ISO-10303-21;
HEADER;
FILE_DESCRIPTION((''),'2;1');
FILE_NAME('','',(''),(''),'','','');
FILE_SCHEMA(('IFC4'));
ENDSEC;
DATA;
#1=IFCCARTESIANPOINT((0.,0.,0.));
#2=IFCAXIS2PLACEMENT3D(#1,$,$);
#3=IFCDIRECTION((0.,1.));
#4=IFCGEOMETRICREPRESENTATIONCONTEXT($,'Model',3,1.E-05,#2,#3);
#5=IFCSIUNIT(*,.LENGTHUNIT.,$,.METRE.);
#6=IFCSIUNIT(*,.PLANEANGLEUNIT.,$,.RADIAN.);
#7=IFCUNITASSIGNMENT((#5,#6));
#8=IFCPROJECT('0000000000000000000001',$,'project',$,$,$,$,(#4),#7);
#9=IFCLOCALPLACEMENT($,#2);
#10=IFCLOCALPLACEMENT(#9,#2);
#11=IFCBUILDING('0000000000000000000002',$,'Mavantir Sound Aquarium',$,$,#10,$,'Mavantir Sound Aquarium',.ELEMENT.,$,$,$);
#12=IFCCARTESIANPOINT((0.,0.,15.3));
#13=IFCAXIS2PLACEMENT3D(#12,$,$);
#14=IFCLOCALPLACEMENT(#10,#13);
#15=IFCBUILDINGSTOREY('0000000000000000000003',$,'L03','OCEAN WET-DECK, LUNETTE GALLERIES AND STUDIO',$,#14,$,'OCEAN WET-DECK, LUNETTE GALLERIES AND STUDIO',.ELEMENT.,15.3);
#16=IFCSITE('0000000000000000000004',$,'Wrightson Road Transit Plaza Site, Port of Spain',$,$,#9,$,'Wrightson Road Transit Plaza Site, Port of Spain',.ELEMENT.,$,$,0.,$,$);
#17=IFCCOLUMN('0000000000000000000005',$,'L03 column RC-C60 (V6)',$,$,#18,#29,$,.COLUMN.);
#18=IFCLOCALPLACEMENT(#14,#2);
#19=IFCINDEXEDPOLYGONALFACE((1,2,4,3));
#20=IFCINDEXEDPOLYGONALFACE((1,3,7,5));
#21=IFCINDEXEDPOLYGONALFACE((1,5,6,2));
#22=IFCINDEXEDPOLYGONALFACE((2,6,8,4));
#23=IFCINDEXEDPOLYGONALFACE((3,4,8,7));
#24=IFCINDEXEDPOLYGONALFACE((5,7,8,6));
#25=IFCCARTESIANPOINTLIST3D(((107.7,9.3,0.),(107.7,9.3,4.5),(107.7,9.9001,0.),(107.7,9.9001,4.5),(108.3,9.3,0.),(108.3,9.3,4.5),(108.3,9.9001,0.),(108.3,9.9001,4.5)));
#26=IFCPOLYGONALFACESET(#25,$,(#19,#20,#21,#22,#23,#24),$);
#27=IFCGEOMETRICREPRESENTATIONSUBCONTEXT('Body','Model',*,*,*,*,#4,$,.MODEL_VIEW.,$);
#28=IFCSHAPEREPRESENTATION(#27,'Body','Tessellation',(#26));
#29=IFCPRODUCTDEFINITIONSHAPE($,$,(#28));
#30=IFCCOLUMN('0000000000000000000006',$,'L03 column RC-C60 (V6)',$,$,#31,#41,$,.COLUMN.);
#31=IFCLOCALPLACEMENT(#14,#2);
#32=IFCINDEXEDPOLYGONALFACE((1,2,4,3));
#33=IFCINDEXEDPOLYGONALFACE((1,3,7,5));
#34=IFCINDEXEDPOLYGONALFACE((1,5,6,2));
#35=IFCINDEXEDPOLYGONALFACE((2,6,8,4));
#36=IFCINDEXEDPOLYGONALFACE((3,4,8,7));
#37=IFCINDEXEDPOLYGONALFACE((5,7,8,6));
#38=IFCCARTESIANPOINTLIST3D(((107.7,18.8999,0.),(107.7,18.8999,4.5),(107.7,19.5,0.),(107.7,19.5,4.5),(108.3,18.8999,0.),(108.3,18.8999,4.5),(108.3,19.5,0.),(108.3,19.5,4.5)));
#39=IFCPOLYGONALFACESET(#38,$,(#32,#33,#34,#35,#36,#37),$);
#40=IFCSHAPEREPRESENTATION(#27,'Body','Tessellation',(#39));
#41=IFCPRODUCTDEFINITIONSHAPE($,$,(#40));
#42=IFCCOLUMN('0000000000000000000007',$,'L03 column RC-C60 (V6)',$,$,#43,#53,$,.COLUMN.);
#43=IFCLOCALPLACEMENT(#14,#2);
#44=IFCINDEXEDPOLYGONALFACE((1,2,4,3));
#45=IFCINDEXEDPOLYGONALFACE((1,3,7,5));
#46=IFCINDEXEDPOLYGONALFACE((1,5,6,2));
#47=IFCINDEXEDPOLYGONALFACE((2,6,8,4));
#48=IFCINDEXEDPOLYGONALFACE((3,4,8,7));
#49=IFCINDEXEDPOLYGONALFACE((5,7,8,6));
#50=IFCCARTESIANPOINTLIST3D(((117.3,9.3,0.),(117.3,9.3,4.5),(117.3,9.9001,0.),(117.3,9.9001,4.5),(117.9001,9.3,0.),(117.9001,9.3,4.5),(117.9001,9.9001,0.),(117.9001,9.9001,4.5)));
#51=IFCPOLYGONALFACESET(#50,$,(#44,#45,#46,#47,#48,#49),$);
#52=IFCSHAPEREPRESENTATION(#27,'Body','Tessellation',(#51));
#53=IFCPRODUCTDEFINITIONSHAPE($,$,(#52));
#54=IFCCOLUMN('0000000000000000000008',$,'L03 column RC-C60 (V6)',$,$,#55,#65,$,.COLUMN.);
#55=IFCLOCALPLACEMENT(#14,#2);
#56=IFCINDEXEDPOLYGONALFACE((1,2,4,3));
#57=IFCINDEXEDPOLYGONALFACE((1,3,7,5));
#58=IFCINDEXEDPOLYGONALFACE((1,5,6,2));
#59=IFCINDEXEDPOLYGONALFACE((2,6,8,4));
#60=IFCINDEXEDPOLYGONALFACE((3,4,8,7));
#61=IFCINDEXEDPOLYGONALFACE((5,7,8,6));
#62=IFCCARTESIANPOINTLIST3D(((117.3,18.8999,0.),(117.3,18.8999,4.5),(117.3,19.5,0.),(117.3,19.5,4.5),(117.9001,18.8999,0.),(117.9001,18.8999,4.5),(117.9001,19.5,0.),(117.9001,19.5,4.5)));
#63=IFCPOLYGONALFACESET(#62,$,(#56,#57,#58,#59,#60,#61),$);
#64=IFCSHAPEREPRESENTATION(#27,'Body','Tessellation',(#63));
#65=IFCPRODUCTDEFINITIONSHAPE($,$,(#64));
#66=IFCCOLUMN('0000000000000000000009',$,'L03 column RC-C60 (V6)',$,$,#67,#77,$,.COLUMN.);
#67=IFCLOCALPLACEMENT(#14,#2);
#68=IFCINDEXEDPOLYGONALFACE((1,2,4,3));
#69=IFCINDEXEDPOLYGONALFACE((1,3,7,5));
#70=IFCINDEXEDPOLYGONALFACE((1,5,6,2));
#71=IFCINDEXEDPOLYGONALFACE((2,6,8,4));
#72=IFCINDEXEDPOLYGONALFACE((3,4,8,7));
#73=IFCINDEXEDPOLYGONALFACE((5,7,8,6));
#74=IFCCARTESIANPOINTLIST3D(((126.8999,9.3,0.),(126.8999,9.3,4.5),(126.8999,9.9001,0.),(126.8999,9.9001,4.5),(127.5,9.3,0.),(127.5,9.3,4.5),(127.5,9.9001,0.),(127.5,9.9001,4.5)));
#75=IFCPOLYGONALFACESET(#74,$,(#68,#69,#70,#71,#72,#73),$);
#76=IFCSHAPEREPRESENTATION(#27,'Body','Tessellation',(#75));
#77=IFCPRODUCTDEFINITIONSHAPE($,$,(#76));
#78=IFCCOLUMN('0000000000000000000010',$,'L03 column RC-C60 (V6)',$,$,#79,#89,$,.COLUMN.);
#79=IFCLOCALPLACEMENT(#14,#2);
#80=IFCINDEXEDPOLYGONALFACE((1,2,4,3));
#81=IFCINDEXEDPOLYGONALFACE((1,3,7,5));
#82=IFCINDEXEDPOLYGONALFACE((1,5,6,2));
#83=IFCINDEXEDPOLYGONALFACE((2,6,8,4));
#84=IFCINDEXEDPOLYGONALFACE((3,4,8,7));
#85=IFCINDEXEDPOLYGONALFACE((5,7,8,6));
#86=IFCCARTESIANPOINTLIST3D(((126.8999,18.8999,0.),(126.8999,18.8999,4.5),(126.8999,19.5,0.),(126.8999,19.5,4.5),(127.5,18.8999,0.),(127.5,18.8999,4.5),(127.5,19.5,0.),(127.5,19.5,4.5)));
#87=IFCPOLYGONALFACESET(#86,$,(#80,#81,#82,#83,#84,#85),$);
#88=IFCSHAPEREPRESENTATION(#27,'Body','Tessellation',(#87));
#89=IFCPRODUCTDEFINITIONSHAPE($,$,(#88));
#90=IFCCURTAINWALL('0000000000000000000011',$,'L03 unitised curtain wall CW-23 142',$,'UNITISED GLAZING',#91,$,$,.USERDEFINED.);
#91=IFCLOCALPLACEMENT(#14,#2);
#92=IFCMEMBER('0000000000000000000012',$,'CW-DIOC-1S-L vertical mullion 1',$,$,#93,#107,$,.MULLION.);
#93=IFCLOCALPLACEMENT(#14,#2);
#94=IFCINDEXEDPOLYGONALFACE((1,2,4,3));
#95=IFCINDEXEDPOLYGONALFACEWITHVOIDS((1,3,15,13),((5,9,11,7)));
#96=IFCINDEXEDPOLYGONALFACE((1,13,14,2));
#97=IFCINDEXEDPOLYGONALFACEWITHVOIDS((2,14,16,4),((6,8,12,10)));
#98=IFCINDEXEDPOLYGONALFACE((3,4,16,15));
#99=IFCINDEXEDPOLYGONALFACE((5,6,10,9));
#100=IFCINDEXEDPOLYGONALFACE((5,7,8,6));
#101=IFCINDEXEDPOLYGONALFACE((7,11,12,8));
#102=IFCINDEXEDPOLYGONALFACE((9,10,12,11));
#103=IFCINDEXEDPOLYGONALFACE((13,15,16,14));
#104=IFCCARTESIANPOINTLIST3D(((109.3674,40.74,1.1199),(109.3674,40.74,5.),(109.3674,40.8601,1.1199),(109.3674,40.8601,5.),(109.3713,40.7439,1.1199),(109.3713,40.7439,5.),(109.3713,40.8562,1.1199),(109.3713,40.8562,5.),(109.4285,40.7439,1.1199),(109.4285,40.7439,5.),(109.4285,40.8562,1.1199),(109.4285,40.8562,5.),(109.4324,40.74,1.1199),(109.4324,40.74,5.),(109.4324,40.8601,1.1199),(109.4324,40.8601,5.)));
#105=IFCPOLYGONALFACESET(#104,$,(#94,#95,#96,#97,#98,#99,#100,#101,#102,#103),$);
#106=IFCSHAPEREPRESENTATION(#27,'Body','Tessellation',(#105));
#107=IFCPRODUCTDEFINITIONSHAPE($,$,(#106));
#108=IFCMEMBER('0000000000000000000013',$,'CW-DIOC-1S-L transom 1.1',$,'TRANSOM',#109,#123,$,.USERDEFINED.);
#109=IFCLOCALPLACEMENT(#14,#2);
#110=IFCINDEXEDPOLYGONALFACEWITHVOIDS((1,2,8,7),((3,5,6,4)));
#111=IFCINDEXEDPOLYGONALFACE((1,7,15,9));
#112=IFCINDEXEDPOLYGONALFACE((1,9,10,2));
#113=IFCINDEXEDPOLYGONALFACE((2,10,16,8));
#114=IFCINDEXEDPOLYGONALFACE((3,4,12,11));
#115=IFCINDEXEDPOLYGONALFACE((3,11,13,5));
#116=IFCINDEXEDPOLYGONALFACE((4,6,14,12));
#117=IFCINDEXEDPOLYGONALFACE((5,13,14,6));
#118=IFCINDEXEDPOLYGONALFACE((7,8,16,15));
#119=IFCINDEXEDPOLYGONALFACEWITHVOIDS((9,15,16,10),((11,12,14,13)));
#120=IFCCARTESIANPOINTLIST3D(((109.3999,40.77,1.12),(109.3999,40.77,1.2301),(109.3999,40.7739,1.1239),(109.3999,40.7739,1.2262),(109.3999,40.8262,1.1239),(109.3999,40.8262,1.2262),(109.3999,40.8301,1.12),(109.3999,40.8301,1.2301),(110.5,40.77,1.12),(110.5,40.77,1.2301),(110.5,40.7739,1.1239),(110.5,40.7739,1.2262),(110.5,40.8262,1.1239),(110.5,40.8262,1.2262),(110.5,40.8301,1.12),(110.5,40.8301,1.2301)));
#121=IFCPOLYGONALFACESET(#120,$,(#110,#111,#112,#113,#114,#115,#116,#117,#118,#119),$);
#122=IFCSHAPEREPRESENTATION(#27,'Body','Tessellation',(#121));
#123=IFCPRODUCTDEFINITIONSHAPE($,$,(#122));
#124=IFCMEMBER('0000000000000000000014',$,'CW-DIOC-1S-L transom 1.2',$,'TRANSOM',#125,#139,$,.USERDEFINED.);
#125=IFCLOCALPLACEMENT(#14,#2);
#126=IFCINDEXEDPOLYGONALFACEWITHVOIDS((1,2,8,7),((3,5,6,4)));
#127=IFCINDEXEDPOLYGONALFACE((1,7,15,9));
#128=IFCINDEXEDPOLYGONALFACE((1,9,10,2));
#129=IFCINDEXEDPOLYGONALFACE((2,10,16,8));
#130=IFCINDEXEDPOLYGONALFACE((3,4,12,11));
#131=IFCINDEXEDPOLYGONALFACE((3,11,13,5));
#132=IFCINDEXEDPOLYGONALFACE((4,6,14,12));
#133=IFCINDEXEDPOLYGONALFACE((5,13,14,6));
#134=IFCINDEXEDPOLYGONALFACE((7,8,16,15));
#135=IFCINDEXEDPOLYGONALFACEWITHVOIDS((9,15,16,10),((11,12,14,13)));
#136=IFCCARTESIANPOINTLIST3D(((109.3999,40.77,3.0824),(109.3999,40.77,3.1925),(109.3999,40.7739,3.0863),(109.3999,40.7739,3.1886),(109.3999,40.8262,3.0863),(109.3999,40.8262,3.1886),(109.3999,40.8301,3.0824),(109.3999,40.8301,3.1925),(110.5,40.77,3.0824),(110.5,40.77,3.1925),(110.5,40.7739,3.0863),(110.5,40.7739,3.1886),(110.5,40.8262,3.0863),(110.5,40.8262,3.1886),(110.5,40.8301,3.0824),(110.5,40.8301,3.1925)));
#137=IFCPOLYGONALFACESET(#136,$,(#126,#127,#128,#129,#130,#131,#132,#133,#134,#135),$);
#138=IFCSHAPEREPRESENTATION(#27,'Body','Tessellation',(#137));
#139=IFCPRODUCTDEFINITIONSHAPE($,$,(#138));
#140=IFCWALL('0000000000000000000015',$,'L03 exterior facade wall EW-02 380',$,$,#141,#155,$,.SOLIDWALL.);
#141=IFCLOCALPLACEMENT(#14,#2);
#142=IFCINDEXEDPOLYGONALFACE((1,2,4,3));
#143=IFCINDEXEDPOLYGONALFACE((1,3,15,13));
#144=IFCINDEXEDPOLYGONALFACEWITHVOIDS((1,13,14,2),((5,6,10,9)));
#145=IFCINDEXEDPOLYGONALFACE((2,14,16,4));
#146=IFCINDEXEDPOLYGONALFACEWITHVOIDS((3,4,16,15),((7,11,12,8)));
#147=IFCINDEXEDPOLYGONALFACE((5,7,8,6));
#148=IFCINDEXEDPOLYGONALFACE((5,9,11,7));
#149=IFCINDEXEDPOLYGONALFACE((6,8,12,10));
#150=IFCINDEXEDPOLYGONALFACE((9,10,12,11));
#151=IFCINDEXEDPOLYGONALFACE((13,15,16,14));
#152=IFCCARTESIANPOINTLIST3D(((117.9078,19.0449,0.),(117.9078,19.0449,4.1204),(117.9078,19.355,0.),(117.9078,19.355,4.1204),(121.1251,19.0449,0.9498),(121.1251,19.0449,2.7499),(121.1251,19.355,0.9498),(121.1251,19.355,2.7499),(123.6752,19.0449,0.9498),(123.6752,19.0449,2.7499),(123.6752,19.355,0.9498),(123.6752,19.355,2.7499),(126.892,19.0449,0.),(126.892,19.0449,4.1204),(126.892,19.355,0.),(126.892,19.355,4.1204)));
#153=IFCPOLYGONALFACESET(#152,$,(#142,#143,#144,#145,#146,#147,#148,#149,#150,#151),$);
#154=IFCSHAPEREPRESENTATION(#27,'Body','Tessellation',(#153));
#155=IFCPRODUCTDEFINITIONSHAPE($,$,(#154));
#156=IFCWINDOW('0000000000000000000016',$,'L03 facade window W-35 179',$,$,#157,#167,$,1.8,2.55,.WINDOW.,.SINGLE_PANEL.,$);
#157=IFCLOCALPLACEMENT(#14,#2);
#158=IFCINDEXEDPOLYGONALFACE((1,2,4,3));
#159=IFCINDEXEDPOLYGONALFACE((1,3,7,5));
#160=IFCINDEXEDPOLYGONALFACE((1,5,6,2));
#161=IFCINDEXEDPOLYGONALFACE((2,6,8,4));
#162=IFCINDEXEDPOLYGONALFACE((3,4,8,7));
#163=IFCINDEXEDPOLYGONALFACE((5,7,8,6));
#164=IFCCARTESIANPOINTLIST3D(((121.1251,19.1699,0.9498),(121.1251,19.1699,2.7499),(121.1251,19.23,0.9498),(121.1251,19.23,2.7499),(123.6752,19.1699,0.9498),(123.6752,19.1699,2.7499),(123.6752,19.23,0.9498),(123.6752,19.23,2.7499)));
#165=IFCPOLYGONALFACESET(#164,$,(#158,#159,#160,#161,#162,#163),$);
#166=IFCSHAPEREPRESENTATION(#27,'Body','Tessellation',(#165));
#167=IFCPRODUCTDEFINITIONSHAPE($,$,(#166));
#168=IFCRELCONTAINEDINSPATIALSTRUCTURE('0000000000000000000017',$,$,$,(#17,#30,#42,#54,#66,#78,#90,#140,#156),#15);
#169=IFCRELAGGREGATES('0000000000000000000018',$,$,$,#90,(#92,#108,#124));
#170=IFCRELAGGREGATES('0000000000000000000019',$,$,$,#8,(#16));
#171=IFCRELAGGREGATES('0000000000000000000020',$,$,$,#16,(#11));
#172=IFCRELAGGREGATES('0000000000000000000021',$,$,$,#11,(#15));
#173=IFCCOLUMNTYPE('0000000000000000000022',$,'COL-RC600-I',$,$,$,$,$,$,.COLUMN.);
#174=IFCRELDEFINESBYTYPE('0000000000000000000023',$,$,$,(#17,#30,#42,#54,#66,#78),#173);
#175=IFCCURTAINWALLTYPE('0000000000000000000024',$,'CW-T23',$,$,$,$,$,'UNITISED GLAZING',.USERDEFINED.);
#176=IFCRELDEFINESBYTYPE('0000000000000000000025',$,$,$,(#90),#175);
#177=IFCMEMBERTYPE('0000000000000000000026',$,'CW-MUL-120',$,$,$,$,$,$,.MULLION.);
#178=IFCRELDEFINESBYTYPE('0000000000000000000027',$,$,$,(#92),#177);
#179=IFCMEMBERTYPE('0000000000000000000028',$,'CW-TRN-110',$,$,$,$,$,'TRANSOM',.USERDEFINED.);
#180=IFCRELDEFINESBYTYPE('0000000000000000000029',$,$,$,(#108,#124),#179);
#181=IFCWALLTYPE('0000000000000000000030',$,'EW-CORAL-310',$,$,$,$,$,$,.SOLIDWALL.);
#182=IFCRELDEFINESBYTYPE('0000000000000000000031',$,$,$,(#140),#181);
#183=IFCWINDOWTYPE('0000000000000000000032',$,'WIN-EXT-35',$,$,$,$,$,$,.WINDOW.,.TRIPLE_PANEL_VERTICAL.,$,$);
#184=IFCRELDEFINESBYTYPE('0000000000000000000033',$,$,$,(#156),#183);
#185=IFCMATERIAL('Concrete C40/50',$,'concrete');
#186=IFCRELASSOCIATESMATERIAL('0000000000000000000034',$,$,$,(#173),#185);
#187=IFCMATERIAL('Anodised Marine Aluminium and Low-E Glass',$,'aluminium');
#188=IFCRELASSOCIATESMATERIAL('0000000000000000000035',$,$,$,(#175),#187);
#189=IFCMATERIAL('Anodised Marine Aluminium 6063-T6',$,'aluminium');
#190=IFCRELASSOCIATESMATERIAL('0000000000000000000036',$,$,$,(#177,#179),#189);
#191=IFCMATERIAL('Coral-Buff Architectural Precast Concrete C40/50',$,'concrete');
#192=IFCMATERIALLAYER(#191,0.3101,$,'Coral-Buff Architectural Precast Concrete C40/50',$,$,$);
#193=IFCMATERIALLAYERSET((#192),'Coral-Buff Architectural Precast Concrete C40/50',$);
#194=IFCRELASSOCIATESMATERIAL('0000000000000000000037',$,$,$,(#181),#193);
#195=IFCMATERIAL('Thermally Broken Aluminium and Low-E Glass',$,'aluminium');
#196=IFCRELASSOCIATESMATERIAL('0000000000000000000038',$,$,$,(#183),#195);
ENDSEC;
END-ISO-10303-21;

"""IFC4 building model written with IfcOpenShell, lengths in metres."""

from ifc_helpers import new_model, si_unit, direction, frame, frame_2d, origin, origin_2d, place, context, subcontext, project, spatial, rectangle, hollow_rectangle, extrude, material, layer, layer_set, material_profile, profile_set, type_object, element, fill, aggregate, save


model = new_model("IFC4")

# Units and contexts
model_context = context("Model", 3, precision=1e-05, world=origin(), true_north=direction((0.0, 1.0)))
body_context = subcontext(model_context, "Body", "Model", "MODEL_VIEW")
ifc_project = project(units=[si_unit("LENGTHUNIT", "METRE"), si_unit("PLANEANGLEUNIT", "RADIAN")], contexts=[model_context])

# Site, building, storey
site_placement = place(None, origin())
site = spatial("IfcSite", under=ifc_project, at=site_placement, Name="Wrightson Road Transit Plaza Site, Port of Spain", LongName="Wrightson Road Transit Plaza Site, Port of Spain", CompositionType="ELEMENT", RefElevation=0.0)
building_placement = place(site_placement, origin())
building = spatial("IfcBuilding", under=site, at=building_placement, Name="Mavantir Sound Aquarium", LongName="Mavantir Sound Aquarium", CompositionType="ELEMENT")
storey_placement = place(building_placement, frame((0.0, 0.0, 15.3)))
storey = spatial("IfcBuildingStorey", under=building, at=storey_placement, Name="L03", Description="OCEAN WET-DECK, LUNETTE GALLERIES AND STUDIO", LongName="OCEAN WET-DECK, LUNETTE GALLERIES AND STUDIO", CompositionType="ELEMENT", Elevation=15.3)

# Columns
ifc_material_1 = material(Name="Concrete C40/50", Category="concrete")
ifc_material_profile_1 = material_profile(ifc_material_1, rectangle(XDim=0.6001, YDim=0.6001, at=origin_2d()), Name="RC 600X600")
ifc_profile_set_1 = profile_set([ifc_material_profile_1], Name="Concrete C40/50")
column_type = type_object("IfcColumnType", Name="COL-RC600-I", PredefinedType="COLUMN", material=ifc_profile_set_1)
for number, where, z_axis, x_axis, name in (
    (1, (108.0, 9.6001, 0.0), (0.0, 0.0, 1.0), (1.0, 0.0, 0.0), "L03 column RC-C60 (V6)"),
    (2, (108.0, 19.2, 0.0), (0.0, 0.0, 1.0), (1.0, 0.0, 0.0), "L03 column RC-C60 (V6)"),
    (3, (117.6001, 9.6001, 0.0), (0.0, 0.0, 1.0), (1.0, 0.0, 0.0), "L03 column RC-C60 (V6)"),
    (4, (117.6001, 19.2, 0.0), (0.0, 0.0, 1.0), (1.0, 0.0, 0.0), "L03 column RC-C60 (V6)"),
    (5, (127.2, 9.6001, 0.0), (0.0, 0.0, 1.0), (1.0, 0.0, 0.0), "L03 column RC-C60 (V6)"),
    (6, (127.2, 19.2, 0.0), (0.0, 0.0, 1.0), (1.0, 0.0, 0.0), "L03 column RC-C60 (V6)"),
):
    element("IfcColumn", number, at=place(storey_placement, frame(where, z_axis=z_axis, x_axis=x_axis)), inside=storey, type_object=column_type, Name=name, PredefinedType="COLUMN", context=body_context, shape_type="SweptSolid", body=[
        extrude(rectangle(XDim=0.6001, YDim=0.6001, at=origin_2d()), origin(), (0.0, 0.0, 1.0), 4.5),
    ])

# Curtain wall, members
ifc_material_2 = material(Name="Anodised Marine Aluminium and Low-E Glass", Category="aluminium")
curtain_wall_type = type_object("IfcCurtainWallType", Name="CW-T23", ElementType="UNITISED GLAZING", PredefinedType="USERDEFINED", material=ifc_material_2)
curtain_wall_placement = place(storey_placement, origin())
curtain_wall = element("IfcCurtainWall", 7, at=curtain_wall_placement, inside=storey, type_object=curtain_wall_type, Name="L03 unitised curtain wall CW-23 142", ObjectType="UNITISED GLAZING", PredefinedType="USERDEFINED")
ifc_material_3 = material(Name="Anodised Marine Aluminium 6063-T6", Category="aluminium")
ifc_material_profile_2 = material_profile(ifc_material_3, hollow_rectangle(XDim=0.0649, YDim=0.1201, WallThickness=0.0039, at=origin_2d()), Name="ALU-MULLION-120X65")
ifc_profile_set_2 = profile_set([ifc_material_profile_2], Name="Anodised Marine Aluminium 6063-T6")
member_type_1 = type_object("IfcMemberType", Name="CW-MUL-120", PredefinedType="MULLION", material=ifc_profile_set_2)
member_1_placement = place(storey_placement, frame((109.3999, 40.8, 1.1199), z_axis=(0.0, 0.0, 1.0), x_axis=(1.0, 0.0, 0.0)))
member_1 = element("IfcMember", 8, at=member_1_placement, type_object=member_type_1, Name="CW-DIOC-1S-L vertical mullion 1", PredefinedType="MULLION", context=body_context, shape_type="SweptSolid", body=[
    extrude(hollow_rectangle(XDim=0.0649, YDim=0.1201, WallThickness=0.0039, at=origin_2d()), origin(), (0.0, 0.0, 1.0), 3.8801),
])
ifc_material_profile_3 = material_profile(ifc_material_3, hollow_rectangle(XDim=0.0601, YDim=0.1101, WallThickness=0.0039, at=origin_2d()), Name="ALU-TRANSOM-110X60")
ifc_profile_set_3 = profile_set([ifc_material_profile_3], Name="Anodised Marine Aluminium 6063-T6")
member_type_2 = type_object("IfcMemberType", Name="CW-TRN-110", ElementType="TRANSOM", PredefinedType="USERDEFINED", material=ifc_profile_set_3)
member_2_placement = place(storey_placement, frame((109.3999, 40.8, 1.175), z_axis=(1.0, 0.0, 0.0), x_axis=(0.0, 1.0, 0.0)))
member_2 = element("IfcMember", 9, at=member_2_placement, type_object=member_type_2, Name="CW-DIOC-1S-L transom 1.1", ObjectType="TRANSOM", PredefinedType="USERDEFINED", context=body_context, shape_type="SweptSolid", body=[
    extrude(hollow_rectangle(XDim=0.0601, YDim=0.1101, WallThickness=0.0039, at=origin_2d()), origin(), (0.0, 0.0, 1.0), 1.1001),
])
member_3_placement = place(storey_placement, frame((109.3999, 40.8, 3.1375), z_axis=(1.0, 0.0, 0.0), x_axis=(0.0, 1.0, 0.0)))
member_3 = element("IfcMember", 10, at=member_3_placement, type_object=member_type_2, Name="CW-DIOC-1S-L transom 1.2", ObjectType="TRANSOM", PredefinedType="USERDEFINED", context=body_context, shape_type="SweptSolid", body=[
    extrude(hollow_rectangle(XDim=0.0601, YDim=0.1101, WallThickness=0.0039, at=origin_2d()), origin(), (0.0, 0.0, 1.0), 1.1001),
])
aggregate(curtain_wall, [member_1, member_2, member_3])

# Wall, opening, window
ifc_material_4 = material(Name="Coral-Buff Architectural Precast Concrete C40/50", Category="concrete")
ifc_layer_1 = layer(ifc_material_4, 0.3101, Name="Coral-Buff Architectural Precast Concrete C40/50")
ifc_layer_set_1 = layer_set([ifc_layer_1], Name="Coral-Buff Architectural Precast Concrete C40/50")
wall_type_1 = type_object("IfcWallType", Name="EW-CORAL-310", PredefinedType="SOLIDWALL", material=ifc_layer_set_1)
wall_1_placement = place(storey_placement, frame((126.8921, 19.2, 0.0), z_axis=(0.0, 0.0, 1.0), x_axis=(-1.0, 0.0, 0.0)))
wall_1 = element("IfcWall", 11, at=wall_1_placement, inside=storey, type_object=wall_type_1, Name="L03 exterior facade wall EW-02 380", PredefinedType="SOLIDWALL", context=body_context, shape_type="SweptSolid", body=[
    extrude(rectangle(XDim=8.9841, YDim=0.3101, at=frame_2d((4.4922, 0.0))), origin(), (0.0, 0.0, 1.0), 4.1204),
])
opening_1_placement = place(wall_1_placement, frame((3.217, 0.0, 0.95)))
opening_1 = element("IfcOpeningElement", 12, at=opening_1_placement, cuts=wall_1, PredefinedType="OPENING", context=body_context, shape_type="SweptSolid", body=[
    extrude(rectangle(XDim=2.55, YDim=1.8, at=frame_2d((1.2749, 0.8999))), frame((0.0, 0.165, 0.0), z_axis=(0.0, -1.0, 0.0), x_axis=(1.0, 0.0, 0.0)), (0.0, 0.0, 1.0), 0.3301),
])
ifc_material_5 = material(Name="Thermally Broken Aluminium and Low-E Glass", Category="aluminium")
window_type_1 = type_object("IfcWindowType", Name="WIN-EXT-35", PartitioningType="TRIPLE_PANEL_VERTICAL", PredefinedType="WINDOW", material=ifc_material_5)
window_1_placement = place(opening_1_placement, origin())
window_1 = element("IfcWindow", 13, at=window_1_placement, inside=storey, type_object=window_type_1, Name="L03 facade window W-35 179", OverallHeight=1.8, OverallWidth=2.55, PartitioningType="SINGLE_PANEL", PredefinedType="WINDOW", context=body_context, shape_type="SweptSolid", body=[
    extrude(rectangle(XDim=2.55, YDim=1.8, at=frame_2d((1.2749, 0.8999))), frame((0.0, 0.03, 0.0), z_axis=(0.0, -1.0, 0.0), x_axis=(1.0, 0.0, 0.0)), (0.0, 0.0, 1.0), 0.0601),
])
fill(opening_1, window_1)

save(model, "model.ifc")
